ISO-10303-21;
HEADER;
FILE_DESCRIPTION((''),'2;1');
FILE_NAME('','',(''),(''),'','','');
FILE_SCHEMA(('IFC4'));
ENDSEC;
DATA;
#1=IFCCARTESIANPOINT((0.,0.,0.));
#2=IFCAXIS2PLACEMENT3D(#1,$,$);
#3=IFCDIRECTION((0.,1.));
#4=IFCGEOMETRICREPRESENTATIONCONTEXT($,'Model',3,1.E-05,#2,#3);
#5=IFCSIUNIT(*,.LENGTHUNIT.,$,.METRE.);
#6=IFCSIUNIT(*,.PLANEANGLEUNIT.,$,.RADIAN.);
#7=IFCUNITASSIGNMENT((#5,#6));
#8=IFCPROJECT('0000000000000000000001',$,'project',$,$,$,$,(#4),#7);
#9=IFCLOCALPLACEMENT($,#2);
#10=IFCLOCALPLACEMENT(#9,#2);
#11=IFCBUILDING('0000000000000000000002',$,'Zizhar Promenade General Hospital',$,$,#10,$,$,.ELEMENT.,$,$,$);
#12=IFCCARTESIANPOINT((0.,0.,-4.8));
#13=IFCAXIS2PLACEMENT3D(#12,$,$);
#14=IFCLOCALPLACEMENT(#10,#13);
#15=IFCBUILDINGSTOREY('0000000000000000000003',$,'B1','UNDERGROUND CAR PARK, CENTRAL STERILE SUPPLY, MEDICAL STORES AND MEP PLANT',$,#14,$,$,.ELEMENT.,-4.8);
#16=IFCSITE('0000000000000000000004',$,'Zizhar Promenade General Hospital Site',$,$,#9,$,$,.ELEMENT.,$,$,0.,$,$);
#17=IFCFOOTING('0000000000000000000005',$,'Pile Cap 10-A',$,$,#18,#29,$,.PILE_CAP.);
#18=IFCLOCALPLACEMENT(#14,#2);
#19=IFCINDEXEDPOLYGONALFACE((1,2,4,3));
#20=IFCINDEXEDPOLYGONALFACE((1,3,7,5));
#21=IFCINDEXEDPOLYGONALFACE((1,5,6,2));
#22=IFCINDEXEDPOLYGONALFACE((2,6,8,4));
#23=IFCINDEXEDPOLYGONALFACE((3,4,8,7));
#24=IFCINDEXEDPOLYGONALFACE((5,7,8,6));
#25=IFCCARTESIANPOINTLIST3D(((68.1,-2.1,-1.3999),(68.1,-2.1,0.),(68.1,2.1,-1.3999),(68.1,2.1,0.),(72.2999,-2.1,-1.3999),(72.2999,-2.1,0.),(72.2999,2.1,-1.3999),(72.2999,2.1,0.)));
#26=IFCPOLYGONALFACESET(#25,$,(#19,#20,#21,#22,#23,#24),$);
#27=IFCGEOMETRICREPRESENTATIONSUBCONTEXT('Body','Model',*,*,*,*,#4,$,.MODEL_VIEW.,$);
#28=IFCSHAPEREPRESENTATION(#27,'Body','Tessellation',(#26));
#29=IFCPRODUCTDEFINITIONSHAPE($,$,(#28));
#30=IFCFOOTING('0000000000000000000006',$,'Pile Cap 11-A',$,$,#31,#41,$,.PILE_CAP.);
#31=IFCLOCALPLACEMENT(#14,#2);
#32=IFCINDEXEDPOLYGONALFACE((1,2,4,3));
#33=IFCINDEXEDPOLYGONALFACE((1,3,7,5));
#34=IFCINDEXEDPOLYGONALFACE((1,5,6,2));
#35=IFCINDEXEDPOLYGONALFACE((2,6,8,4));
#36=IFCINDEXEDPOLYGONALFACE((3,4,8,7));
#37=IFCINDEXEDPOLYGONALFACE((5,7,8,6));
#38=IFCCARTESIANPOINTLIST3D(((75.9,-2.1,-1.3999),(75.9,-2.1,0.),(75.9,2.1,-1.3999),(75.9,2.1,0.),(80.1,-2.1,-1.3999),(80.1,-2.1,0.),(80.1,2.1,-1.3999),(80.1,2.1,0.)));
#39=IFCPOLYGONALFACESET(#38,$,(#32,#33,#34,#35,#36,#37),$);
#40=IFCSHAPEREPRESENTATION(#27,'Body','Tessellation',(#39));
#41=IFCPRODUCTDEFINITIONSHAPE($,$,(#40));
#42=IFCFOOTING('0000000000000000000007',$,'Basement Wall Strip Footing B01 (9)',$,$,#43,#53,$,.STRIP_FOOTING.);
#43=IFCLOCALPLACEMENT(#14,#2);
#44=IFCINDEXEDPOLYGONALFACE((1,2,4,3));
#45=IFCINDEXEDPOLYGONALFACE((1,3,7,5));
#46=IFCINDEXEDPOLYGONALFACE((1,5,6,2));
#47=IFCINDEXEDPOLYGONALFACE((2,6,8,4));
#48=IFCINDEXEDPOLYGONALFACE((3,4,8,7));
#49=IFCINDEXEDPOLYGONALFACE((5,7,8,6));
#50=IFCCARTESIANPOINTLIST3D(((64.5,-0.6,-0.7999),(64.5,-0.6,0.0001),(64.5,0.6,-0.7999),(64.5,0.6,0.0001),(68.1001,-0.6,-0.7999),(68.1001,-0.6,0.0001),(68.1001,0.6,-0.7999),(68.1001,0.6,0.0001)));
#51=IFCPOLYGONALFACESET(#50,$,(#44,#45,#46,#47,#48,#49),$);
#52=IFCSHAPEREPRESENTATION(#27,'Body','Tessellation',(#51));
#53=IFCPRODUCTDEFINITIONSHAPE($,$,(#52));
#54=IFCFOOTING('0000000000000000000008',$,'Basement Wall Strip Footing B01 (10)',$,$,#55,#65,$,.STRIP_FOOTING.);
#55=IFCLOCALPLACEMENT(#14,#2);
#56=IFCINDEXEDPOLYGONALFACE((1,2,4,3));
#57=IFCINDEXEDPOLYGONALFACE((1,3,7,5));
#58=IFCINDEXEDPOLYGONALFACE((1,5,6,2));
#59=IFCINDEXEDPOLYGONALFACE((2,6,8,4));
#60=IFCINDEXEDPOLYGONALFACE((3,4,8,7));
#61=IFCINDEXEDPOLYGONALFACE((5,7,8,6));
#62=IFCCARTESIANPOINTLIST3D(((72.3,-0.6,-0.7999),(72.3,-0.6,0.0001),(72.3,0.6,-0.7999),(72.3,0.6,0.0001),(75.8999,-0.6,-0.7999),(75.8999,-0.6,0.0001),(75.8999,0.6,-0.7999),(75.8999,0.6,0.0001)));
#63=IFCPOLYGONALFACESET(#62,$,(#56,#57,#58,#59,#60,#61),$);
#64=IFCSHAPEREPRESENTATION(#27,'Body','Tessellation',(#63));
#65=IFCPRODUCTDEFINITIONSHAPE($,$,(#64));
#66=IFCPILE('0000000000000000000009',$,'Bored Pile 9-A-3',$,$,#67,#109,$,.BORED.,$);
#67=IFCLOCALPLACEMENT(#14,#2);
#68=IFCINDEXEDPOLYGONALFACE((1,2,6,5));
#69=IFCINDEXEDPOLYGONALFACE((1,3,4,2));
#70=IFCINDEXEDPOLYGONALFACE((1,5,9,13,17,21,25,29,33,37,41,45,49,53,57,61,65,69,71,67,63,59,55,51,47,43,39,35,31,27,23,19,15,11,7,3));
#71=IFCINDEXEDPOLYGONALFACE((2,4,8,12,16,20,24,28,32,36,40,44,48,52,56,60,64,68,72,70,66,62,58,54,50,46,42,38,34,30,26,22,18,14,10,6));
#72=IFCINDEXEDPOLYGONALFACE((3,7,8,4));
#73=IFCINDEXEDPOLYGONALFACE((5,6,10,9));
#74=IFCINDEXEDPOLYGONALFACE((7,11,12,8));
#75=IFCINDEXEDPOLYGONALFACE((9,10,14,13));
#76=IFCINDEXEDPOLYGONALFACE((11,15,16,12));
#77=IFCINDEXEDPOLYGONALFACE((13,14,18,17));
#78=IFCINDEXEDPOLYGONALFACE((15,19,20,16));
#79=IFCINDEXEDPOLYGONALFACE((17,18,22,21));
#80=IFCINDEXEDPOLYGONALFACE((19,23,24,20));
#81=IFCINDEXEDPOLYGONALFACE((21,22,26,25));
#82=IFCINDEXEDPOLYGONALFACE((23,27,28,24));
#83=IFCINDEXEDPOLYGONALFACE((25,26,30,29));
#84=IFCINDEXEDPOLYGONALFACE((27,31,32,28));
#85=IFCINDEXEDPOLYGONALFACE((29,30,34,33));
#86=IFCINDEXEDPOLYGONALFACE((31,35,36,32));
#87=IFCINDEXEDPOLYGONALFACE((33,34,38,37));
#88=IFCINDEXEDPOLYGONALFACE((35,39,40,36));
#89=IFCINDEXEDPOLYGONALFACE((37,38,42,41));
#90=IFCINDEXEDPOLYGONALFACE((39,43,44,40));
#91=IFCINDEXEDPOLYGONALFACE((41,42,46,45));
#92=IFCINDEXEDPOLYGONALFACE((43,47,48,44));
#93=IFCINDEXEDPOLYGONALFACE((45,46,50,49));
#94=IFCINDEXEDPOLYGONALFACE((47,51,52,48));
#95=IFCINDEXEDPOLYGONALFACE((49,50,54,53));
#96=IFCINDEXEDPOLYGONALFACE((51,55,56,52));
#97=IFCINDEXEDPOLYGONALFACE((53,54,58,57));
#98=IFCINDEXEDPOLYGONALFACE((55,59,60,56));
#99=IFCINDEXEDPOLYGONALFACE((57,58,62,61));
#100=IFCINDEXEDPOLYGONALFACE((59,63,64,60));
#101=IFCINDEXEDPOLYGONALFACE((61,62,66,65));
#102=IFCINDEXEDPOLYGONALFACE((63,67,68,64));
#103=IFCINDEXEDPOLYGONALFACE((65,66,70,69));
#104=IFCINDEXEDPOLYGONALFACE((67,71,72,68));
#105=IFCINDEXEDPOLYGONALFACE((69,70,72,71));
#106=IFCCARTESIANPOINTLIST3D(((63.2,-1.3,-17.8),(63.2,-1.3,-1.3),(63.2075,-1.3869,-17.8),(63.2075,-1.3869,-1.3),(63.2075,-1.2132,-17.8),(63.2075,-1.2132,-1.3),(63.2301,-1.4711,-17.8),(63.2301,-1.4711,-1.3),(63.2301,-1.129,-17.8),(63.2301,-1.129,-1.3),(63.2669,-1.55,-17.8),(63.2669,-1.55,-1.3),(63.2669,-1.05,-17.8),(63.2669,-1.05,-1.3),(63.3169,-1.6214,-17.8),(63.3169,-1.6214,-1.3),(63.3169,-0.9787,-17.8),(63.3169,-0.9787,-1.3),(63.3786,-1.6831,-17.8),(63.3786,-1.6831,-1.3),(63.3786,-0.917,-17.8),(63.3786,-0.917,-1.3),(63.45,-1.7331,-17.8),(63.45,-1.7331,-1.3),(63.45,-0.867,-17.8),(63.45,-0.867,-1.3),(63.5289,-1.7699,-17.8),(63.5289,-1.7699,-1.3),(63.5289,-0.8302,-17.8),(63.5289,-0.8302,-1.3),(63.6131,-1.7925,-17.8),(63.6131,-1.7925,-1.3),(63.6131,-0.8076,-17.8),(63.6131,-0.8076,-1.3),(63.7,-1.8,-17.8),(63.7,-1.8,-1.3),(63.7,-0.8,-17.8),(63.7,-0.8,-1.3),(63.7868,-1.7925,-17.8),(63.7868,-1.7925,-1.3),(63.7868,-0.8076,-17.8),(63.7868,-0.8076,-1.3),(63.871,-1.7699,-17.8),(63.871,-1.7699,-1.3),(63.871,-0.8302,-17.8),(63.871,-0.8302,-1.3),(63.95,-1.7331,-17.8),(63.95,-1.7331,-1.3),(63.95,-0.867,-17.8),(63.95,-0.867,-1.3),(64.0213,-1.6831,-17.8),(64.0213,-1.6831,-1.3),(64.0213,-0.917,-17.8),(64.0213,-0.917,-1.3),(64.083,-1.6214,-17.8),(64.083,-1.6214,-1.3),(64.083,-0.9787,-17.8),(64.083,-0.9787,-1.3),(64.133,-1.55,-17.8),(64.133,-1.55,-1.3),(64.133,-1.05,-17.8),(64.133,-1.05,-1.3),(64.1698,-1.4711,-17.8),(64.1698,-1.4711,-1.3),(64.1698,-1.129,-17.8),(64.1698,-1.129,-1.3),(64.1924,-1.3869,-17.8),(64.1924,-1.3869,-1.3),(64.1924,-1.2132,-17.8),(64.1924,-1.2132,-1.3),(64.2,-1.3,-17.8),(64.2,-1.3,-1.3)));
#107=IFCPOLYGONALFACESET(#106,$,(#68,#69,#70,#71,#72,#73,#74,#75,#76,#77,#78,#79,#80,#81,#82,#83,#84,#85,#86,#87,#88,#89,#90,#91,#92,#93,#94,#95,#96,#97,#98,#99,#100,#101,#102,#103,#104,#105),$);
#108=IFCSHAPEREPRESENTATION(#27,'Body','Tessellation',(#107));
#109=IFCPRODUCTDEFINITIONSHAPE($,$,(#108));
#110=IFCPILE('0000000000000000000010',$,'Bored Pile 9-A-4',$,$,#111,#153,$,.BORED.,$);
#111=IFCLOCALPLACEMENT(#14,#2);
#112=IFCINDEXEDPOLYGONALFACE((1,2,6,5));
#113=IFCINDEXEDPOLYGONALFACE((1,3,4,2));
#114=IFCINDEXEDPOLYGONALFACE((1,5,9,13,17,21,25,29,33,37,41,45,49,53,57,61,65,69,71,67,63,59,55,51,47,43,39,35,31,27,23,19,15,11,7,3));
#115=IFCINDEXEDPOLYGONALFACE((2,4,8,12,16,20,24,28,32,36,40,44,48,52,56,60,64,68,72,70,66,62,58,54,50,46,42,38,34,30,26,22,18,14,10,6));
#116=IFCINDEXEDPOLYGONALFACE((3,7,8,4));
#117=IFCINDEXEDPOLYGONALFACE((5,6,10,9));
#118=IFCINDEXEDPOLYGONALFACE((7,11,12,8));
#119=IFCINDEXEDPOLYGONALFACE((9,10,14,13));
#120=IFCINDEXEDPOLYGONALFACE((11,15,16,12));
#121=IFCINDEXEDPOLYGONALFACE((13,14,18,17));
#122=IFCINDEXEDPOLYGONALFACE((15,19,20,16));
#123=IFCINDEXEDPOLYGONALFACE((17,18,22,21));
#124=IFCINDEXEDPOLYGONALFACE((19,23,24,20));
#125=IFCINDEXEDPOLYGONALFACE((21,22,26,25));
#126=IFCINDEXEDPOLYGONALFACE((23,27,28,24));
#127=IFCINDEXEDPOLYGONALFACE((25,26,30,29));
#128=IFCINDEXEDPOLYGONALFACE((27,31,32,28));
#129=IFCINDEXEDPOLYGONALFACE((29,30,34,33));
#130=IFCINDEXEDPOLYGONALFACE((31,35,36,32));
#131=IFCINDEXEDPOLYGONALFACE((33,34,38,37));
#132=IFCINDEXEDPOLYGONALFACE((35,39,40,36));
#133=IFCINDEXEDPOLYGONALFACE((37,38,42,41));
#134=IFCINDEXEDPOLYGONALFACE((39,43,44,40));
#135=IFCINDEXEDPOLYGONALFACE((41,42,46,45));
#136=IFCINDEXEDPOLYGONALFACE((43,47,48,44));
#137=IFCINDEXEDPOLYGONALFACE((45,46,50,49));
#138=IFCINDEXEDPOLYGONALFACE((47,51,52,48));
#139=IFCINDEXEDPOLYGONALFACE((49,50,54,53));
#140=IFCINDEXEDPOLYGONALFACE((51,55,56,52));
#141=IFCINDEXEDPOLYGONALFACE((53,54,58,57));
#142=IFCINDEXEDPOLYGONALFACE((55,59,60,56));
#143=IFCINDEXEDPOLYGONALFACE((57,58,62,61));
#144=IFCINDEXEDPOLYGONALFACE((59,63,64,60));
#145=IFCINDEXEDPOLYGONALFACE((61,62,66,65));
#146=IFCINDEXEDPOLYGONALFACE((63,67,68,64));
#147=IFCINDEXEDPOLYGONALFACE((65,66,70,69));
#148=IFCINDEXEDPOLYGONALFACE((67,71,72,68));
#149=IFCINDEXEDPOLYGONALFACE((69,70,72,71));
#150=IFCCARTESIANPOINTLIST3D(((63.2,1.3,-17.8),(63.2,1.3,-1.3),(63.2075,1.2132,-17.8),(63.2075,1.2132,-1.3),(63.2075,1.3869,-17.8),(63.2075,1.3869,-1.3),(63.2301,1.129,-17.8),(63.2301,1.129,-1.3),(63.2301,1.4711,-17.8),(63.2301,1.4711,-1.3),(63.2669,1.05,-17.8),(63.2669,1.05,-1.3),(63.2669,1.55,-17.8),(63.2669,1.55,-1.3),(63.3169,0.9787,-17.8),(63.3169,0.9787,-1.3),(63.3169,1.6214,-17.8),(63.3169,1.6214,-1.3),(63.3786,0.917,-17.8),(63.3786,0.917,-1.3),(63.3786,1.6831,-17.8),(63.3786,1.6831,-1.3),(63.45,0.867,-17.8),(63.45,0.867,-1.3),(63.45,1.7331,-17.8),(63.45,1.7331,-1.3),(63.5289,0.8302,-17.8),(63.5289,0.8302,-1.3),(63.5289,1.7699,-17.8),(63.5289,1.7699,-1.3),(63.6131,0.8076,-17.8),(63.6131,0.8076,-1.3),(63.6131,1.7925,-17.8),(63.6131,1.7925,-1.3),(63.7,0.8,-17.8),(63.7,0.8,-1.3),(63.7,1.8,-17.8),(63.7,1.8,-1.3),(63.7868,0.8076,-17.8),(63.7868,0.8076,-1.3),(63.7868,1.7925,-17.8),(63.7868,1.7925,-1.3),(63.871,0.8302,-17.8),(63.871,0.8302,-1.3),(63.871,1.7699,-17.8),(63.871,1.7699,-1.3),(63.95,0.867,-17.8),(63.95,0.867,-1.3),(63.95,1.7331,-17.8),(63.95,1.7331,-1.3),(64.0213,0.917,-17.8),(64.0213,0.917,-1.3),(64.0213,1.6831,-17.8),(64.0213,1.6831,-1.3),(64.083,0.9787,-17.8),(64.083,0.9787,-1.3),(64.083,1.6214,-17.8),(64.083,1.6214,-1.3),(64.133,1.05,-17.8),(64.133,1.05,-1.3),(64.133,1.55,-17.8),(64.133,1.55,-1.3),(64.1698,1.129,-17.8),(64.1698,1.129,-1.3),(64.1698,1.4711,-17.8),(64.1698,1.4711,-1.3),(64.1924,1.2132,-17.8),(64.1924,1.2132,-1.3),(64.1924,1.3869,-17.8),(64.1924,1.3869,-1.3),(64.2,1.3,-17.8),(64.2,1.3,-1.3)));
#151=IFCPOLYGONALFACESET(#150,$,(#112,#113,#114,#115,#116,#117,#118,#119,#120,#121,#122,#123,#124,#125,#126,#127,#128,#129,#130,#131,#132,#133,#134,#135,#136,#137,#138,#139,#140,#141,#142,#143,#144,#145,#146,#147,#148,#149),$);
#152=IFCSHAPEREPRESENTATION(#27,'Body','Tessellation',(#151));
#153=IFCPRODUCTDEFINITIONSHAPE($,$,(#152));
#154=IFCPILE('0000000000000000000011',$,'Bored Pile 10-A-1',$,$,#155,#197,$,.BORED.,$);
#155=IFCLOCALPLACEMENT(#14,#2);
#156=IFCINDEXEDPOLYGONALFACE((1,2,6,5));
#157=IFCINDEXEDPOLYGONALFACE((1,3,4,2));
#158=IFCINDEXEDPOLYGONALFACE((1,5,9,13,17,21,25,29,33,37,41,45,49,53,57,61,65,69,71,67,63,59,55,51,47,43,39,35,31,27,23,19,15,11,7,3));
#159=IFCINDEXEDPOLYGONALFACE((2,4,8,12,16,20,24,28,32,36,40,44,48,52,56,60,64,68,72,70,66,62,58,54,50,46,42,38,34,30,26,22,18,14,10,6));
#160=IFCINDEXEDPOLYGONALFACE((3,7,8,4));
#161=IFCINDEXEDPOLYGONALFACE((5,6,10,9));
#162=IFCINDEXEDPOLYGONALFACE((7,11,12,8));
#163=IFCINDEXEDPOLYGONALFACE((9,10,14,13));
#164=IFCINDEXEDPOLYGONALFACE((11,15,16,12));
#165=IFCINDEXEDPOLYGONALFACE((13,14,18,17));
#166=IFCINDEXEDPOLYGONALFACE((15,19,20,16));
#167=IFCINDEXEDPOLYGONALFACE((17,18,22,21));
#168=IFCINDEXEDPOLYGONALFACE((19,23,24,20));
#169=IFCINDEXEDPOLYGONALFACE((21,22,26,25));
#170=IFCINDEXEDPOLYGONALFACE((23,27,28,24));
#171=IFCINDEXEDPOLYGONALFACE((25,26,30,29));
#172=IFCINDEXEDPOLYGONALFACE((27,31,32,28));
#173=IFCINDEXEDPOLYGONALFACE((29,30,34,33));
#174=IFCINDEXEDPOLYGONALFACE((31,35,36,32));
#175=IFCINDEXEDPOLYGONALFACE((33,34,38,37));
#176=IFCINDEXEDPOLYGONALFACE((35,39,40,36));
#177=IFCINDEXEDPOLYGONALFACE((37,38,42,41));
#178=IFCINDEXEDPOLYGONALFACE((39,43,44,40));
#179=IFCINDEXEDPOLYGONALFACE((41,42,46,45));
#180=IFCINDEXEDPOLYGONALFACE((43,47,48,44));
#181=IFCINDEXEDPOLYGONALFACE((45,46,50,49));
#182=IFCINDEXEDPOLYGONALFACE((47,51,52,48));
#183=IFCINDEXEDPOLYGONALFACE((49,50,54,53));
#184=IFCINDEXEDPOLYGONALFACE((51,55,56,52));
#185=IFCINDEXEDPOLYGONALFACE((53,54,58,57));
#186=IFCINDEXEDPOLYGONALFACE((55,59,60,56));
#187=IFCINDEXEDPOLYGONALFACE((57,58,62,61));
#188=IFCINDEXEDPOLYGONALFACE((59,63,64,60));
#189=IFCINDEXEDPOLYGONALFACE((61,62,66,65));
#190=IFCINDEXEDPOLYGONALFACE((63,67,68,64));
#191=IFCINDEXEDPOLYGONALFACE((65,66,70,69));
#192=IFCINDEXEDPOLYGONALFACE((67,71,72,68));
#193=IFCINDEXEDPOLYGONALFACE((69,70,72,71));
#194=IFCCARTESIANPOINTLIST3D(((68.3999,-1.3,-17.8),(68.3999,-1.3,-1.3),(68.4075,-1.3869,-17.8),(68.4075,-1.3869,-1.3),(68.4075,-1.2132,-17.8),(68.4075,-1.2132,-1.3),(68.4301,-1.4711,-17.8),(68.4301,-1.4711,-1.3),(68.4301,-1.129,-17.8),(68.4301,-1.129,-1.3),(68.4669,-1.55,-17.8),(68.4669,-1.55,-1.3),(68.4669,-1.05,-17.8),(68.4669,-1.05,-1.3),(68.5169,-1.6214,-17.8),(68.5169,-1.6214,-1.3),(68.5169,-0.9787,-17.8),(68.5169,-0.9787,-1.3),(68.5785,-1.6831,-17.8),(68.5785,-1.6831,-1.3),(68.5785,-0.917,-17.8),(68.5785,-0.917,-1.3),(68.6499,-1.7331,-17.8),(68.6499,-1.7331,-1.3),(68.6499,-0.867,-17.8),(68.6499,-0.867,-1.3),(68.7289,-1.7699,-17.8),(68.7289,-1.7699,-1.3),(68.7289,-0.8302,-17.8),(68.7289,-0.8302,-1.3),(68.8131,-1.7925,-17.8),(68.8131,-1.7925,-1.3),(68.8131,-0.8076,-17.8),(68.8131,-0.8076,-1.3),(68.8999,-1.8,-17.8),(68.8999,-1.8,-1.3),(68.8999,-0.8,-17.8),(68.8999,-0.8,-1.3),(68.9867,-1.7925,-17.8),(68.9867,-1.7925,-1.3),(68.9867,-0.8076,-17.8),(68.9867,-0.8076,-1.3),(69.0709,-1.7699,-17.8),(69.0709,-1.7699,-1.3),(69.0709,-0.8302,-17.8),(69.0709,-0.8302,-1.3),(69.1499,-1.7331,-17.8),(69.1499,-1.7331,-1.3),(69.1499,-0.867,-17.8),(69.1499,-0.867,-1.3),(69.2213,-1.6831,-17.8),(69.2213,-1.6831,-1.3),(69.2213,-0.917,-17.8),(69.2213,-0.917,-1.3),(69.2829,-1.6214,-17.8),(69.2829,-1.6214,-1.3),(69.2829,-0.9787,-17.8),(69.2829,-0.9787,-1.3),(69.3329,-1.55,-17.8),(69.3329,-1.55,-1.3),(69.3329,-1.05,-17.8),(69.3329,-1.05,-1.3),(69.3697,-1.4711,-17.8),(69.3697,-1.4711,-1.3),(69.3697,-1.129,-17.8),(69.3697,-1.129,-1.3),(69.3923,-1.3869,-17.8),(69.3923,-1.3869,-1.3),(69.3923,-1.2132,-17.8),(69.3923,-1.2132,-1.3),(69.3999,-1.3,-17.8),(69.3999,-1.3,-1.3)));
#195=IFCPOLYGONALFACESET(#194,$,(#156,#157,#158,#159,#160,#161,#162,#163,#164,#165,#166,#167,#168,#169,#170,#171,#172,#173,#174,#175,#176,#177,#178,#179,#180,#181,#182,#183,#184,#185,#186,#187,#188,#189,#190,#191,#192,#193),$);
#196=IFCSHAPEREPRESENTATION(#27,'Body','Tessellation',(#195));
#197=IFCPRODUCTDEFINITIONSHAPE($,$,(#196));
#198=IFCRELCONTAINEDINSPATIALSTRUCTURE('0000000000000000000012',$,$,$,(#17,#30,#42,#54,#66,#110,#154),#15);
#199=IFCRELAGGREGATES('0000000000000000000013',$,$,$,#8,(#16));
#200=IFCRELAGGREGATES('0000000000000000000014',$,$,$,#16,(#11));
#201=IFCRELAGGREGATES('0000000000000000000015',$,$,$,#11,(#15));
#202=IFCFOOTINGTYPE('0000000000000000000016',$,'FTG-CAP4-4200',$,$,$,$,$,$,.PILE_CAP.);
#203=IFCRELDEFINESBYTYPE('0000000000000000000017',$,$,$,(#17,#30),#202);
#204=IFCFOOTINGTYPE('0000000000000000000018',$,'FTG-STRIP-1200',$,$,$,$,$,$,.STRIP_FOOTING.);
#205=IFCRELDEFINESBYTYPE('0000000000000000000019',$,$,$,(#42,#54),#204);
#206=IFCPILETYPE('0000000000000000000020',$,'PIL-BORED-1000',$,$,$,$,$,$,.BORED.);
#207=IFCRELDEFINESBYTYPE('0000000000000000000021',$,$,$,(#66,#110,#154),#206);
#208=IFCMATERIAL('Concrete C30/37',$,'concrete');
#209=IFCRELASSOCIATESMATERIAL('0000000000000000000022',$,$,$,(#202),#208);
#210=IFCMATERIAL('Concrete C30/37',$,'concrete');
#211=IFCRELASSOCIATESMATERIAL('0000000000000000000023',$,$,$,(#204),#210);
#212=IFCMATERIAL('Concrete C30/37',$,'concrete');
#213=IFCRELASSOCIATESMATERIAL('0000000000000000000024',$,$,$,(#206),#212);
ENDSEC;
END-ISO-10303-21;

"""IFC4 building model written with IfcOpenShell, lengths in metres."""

from ifc_helpers import new_model, si_unit, direction, frame, origin, origin_2d, place, context, subcontext, project, spatial, rectangle, circle, extrude, material, material_profile, profile_set, type_object, element, save


model = new_model("IFC4")

# Units and contexts
model_context = context("Model", 3, precision=1e-05, world=origin(), true_north=direction((0.0, 1.0)))
body_context = subcontext(model_context, "Body", "Model", "MODEL_VIEW")
ifc_project = project(units=[si_unit("LENGTHUNIT", "METRE"), si_unit("PLANEANGLEUNIT", "RADIAN")], contexts=[model_context])

# Site, building, storey
site_placement = place(None, origin())
site = spatial("IfcSite", under=ifc_project, at=site_placement, Name="Zizhar Promenade General Hospital Site", CompositionType="ELEMENT", RefElevation=0.0)
building_placement = place(site_placement, origin())
building = spatial("IfcBuilding", under=site, at=building_placement, Name="Zizhar Promenade General Hospital", CompositionType="ELEMENT")
storey_placement = place(building_placement, frame((0.0, 0.0, -4.8)))
storey = spatial("IfcBuildingStorey", under=building, at=storey_placement, Name="B1", Description="UNDERGROUND CAR PARK, CENTRAL STERILE SUPPLY, MEDICAL STORES AND MEP PLANT", CompositionType="ELEMENT", Elevation=-4.8)

# Footings
ifc_material_1 = material(Name="Concrete C30/37", Category="concrete")
footing_type_1 = type_object("IfcFootingType", Name="FTG-CAP4-4200", PredefinedType="PILE_CAP", material=ifc_material_1)
for number, where, z_axis, x_axis, name in (
    (1, (70.2, 0.0, -1.3999), (0.0, 0.0, 1.0), (1.0, 0.0, 0.0), "Pile Cap 10-A"),
    (2, (78.0, 0.0, -1.3999), (0.0, 0.0, 1.0), (1.0, 0.0, 0.0), "Pile Cap 11-A"),
):
    element("IfcFooting", number, at=place(storey_placement, frame(where, z_axis=z_axis, x_axis=x_axis)), inside=storey, type_object=footing_type_1, Name=name, PredefinedType="PILE_CAP", context=body_context, shape_type="SweptSolid", body=[
        extrude(rectangle(XDim=4.2, YDim=4.2, at=origin_2d()), origin(), (0.0, 0.0, 1.0), 1.3999),
    ])
ifc_material_2 = material(Name="Concrete C30/37", Category="concrete")
ifc_material_profile_1 = material_profile(ifc_material_2, rectangle(XDim=1.2, YDim=0.8, at=origin_2d()))
ifc_profile_set_1 = profile_set([ifc_material_profile_1], Name="Concrete C30/37")
footing_type_2 = type_object("IfcFootingType", Name="FTG-STRIP-1200", PredefinedType="STRIP_FOOTING", material=ifc_profile_set_1)
footing_1_placement = place(storey_placement, frame((64.5, 0.0, -0.3999), z_axis=(1.0, 0.0, 0.0), x_axis=(0.0, 1.0, 0.0)))
element("IfcFooting", 3, at=footing_1_placement, inside=storey, type_object=footing_type_2, Name="Basement Wall Strip Footing B01 (9)", PredefinedType="STRIP_FOOTING", context=body_context, shape_type="SweptSolid", body=[
    extrude(rectangle(XDim=1.2, YDim=0.8, at=origin_2d()), origin(), (0.0, 0.0, 1.0), 3.6001),
])
footing_2_placement = place(storey_placement, frame((72.3, 0.0, -0.3999), z_axis=(1.0, 0.0, 0.0), x_axis=(0.0, 1.0, 0.0)))
element("IfcFooting", 4, at=footing_2_placement, inside=storey, type_object=footing_type_2, Name="Basement Wall Strip Footing B01 (10)", PredefinedType="STRIP_FOOTING", context=body_context, shape_type="SweptSolid", body=[
    extrude(rectangle(XDim=1.2, YDim=0.8, at=origin_2d()), origin(), (0.0, 0.0, 1.0), 3.5999),
])

# Piles
ifc_material_3 = material(Name="Concrete C30/37", Category="concrete")
ifc_material_profile_2 = material_profile(ifc_material_3, circle(Radius=0.5, at=origin_2d()))
ifc_profile_set_2 = profile_set([ifc_material_profile_2], Name="Concrete C30/37")
pile_type = type_object("IfcPileType", Name="PIL-BORED-1000", PredefinedType="BORED", material=ifc_profile_set_2)
for number, where, z_axis, x_axis, name in (
    (5, (63.7, -1.3, -1.3), (0.0, 0.0, -1.0), (1.0, 0.0, 0.0), "Bored Pile 9-A-3"),
    (6, (63.7, 1.3, -1.3), (0.0, 0.0, -1.0), (1.0, 0.0, 0.0), "Bored Pile 9-A-4"),
    (7, (68.8999, -1.3, -1.3), (0.0, 0.0, -1.0), (1.0, 0.0, 0.0), "Bored Pile 10-A-1"),
):
    element("IfcPile", number, at=place(storey_placement, frame(where, z_axis=z_axis, x_axis=x_axis)), inside=storey, type_object=pile_type, Name=name, PredefinedType="BORED", context=body_context, shape_type="SweptSolid", body=[
        extrude(circle(Radius=0.5, at=origin_2d()), origin(), (0.0, 0.0, 1.0), 16.5),
    ])

save(model, "model.ifc")
